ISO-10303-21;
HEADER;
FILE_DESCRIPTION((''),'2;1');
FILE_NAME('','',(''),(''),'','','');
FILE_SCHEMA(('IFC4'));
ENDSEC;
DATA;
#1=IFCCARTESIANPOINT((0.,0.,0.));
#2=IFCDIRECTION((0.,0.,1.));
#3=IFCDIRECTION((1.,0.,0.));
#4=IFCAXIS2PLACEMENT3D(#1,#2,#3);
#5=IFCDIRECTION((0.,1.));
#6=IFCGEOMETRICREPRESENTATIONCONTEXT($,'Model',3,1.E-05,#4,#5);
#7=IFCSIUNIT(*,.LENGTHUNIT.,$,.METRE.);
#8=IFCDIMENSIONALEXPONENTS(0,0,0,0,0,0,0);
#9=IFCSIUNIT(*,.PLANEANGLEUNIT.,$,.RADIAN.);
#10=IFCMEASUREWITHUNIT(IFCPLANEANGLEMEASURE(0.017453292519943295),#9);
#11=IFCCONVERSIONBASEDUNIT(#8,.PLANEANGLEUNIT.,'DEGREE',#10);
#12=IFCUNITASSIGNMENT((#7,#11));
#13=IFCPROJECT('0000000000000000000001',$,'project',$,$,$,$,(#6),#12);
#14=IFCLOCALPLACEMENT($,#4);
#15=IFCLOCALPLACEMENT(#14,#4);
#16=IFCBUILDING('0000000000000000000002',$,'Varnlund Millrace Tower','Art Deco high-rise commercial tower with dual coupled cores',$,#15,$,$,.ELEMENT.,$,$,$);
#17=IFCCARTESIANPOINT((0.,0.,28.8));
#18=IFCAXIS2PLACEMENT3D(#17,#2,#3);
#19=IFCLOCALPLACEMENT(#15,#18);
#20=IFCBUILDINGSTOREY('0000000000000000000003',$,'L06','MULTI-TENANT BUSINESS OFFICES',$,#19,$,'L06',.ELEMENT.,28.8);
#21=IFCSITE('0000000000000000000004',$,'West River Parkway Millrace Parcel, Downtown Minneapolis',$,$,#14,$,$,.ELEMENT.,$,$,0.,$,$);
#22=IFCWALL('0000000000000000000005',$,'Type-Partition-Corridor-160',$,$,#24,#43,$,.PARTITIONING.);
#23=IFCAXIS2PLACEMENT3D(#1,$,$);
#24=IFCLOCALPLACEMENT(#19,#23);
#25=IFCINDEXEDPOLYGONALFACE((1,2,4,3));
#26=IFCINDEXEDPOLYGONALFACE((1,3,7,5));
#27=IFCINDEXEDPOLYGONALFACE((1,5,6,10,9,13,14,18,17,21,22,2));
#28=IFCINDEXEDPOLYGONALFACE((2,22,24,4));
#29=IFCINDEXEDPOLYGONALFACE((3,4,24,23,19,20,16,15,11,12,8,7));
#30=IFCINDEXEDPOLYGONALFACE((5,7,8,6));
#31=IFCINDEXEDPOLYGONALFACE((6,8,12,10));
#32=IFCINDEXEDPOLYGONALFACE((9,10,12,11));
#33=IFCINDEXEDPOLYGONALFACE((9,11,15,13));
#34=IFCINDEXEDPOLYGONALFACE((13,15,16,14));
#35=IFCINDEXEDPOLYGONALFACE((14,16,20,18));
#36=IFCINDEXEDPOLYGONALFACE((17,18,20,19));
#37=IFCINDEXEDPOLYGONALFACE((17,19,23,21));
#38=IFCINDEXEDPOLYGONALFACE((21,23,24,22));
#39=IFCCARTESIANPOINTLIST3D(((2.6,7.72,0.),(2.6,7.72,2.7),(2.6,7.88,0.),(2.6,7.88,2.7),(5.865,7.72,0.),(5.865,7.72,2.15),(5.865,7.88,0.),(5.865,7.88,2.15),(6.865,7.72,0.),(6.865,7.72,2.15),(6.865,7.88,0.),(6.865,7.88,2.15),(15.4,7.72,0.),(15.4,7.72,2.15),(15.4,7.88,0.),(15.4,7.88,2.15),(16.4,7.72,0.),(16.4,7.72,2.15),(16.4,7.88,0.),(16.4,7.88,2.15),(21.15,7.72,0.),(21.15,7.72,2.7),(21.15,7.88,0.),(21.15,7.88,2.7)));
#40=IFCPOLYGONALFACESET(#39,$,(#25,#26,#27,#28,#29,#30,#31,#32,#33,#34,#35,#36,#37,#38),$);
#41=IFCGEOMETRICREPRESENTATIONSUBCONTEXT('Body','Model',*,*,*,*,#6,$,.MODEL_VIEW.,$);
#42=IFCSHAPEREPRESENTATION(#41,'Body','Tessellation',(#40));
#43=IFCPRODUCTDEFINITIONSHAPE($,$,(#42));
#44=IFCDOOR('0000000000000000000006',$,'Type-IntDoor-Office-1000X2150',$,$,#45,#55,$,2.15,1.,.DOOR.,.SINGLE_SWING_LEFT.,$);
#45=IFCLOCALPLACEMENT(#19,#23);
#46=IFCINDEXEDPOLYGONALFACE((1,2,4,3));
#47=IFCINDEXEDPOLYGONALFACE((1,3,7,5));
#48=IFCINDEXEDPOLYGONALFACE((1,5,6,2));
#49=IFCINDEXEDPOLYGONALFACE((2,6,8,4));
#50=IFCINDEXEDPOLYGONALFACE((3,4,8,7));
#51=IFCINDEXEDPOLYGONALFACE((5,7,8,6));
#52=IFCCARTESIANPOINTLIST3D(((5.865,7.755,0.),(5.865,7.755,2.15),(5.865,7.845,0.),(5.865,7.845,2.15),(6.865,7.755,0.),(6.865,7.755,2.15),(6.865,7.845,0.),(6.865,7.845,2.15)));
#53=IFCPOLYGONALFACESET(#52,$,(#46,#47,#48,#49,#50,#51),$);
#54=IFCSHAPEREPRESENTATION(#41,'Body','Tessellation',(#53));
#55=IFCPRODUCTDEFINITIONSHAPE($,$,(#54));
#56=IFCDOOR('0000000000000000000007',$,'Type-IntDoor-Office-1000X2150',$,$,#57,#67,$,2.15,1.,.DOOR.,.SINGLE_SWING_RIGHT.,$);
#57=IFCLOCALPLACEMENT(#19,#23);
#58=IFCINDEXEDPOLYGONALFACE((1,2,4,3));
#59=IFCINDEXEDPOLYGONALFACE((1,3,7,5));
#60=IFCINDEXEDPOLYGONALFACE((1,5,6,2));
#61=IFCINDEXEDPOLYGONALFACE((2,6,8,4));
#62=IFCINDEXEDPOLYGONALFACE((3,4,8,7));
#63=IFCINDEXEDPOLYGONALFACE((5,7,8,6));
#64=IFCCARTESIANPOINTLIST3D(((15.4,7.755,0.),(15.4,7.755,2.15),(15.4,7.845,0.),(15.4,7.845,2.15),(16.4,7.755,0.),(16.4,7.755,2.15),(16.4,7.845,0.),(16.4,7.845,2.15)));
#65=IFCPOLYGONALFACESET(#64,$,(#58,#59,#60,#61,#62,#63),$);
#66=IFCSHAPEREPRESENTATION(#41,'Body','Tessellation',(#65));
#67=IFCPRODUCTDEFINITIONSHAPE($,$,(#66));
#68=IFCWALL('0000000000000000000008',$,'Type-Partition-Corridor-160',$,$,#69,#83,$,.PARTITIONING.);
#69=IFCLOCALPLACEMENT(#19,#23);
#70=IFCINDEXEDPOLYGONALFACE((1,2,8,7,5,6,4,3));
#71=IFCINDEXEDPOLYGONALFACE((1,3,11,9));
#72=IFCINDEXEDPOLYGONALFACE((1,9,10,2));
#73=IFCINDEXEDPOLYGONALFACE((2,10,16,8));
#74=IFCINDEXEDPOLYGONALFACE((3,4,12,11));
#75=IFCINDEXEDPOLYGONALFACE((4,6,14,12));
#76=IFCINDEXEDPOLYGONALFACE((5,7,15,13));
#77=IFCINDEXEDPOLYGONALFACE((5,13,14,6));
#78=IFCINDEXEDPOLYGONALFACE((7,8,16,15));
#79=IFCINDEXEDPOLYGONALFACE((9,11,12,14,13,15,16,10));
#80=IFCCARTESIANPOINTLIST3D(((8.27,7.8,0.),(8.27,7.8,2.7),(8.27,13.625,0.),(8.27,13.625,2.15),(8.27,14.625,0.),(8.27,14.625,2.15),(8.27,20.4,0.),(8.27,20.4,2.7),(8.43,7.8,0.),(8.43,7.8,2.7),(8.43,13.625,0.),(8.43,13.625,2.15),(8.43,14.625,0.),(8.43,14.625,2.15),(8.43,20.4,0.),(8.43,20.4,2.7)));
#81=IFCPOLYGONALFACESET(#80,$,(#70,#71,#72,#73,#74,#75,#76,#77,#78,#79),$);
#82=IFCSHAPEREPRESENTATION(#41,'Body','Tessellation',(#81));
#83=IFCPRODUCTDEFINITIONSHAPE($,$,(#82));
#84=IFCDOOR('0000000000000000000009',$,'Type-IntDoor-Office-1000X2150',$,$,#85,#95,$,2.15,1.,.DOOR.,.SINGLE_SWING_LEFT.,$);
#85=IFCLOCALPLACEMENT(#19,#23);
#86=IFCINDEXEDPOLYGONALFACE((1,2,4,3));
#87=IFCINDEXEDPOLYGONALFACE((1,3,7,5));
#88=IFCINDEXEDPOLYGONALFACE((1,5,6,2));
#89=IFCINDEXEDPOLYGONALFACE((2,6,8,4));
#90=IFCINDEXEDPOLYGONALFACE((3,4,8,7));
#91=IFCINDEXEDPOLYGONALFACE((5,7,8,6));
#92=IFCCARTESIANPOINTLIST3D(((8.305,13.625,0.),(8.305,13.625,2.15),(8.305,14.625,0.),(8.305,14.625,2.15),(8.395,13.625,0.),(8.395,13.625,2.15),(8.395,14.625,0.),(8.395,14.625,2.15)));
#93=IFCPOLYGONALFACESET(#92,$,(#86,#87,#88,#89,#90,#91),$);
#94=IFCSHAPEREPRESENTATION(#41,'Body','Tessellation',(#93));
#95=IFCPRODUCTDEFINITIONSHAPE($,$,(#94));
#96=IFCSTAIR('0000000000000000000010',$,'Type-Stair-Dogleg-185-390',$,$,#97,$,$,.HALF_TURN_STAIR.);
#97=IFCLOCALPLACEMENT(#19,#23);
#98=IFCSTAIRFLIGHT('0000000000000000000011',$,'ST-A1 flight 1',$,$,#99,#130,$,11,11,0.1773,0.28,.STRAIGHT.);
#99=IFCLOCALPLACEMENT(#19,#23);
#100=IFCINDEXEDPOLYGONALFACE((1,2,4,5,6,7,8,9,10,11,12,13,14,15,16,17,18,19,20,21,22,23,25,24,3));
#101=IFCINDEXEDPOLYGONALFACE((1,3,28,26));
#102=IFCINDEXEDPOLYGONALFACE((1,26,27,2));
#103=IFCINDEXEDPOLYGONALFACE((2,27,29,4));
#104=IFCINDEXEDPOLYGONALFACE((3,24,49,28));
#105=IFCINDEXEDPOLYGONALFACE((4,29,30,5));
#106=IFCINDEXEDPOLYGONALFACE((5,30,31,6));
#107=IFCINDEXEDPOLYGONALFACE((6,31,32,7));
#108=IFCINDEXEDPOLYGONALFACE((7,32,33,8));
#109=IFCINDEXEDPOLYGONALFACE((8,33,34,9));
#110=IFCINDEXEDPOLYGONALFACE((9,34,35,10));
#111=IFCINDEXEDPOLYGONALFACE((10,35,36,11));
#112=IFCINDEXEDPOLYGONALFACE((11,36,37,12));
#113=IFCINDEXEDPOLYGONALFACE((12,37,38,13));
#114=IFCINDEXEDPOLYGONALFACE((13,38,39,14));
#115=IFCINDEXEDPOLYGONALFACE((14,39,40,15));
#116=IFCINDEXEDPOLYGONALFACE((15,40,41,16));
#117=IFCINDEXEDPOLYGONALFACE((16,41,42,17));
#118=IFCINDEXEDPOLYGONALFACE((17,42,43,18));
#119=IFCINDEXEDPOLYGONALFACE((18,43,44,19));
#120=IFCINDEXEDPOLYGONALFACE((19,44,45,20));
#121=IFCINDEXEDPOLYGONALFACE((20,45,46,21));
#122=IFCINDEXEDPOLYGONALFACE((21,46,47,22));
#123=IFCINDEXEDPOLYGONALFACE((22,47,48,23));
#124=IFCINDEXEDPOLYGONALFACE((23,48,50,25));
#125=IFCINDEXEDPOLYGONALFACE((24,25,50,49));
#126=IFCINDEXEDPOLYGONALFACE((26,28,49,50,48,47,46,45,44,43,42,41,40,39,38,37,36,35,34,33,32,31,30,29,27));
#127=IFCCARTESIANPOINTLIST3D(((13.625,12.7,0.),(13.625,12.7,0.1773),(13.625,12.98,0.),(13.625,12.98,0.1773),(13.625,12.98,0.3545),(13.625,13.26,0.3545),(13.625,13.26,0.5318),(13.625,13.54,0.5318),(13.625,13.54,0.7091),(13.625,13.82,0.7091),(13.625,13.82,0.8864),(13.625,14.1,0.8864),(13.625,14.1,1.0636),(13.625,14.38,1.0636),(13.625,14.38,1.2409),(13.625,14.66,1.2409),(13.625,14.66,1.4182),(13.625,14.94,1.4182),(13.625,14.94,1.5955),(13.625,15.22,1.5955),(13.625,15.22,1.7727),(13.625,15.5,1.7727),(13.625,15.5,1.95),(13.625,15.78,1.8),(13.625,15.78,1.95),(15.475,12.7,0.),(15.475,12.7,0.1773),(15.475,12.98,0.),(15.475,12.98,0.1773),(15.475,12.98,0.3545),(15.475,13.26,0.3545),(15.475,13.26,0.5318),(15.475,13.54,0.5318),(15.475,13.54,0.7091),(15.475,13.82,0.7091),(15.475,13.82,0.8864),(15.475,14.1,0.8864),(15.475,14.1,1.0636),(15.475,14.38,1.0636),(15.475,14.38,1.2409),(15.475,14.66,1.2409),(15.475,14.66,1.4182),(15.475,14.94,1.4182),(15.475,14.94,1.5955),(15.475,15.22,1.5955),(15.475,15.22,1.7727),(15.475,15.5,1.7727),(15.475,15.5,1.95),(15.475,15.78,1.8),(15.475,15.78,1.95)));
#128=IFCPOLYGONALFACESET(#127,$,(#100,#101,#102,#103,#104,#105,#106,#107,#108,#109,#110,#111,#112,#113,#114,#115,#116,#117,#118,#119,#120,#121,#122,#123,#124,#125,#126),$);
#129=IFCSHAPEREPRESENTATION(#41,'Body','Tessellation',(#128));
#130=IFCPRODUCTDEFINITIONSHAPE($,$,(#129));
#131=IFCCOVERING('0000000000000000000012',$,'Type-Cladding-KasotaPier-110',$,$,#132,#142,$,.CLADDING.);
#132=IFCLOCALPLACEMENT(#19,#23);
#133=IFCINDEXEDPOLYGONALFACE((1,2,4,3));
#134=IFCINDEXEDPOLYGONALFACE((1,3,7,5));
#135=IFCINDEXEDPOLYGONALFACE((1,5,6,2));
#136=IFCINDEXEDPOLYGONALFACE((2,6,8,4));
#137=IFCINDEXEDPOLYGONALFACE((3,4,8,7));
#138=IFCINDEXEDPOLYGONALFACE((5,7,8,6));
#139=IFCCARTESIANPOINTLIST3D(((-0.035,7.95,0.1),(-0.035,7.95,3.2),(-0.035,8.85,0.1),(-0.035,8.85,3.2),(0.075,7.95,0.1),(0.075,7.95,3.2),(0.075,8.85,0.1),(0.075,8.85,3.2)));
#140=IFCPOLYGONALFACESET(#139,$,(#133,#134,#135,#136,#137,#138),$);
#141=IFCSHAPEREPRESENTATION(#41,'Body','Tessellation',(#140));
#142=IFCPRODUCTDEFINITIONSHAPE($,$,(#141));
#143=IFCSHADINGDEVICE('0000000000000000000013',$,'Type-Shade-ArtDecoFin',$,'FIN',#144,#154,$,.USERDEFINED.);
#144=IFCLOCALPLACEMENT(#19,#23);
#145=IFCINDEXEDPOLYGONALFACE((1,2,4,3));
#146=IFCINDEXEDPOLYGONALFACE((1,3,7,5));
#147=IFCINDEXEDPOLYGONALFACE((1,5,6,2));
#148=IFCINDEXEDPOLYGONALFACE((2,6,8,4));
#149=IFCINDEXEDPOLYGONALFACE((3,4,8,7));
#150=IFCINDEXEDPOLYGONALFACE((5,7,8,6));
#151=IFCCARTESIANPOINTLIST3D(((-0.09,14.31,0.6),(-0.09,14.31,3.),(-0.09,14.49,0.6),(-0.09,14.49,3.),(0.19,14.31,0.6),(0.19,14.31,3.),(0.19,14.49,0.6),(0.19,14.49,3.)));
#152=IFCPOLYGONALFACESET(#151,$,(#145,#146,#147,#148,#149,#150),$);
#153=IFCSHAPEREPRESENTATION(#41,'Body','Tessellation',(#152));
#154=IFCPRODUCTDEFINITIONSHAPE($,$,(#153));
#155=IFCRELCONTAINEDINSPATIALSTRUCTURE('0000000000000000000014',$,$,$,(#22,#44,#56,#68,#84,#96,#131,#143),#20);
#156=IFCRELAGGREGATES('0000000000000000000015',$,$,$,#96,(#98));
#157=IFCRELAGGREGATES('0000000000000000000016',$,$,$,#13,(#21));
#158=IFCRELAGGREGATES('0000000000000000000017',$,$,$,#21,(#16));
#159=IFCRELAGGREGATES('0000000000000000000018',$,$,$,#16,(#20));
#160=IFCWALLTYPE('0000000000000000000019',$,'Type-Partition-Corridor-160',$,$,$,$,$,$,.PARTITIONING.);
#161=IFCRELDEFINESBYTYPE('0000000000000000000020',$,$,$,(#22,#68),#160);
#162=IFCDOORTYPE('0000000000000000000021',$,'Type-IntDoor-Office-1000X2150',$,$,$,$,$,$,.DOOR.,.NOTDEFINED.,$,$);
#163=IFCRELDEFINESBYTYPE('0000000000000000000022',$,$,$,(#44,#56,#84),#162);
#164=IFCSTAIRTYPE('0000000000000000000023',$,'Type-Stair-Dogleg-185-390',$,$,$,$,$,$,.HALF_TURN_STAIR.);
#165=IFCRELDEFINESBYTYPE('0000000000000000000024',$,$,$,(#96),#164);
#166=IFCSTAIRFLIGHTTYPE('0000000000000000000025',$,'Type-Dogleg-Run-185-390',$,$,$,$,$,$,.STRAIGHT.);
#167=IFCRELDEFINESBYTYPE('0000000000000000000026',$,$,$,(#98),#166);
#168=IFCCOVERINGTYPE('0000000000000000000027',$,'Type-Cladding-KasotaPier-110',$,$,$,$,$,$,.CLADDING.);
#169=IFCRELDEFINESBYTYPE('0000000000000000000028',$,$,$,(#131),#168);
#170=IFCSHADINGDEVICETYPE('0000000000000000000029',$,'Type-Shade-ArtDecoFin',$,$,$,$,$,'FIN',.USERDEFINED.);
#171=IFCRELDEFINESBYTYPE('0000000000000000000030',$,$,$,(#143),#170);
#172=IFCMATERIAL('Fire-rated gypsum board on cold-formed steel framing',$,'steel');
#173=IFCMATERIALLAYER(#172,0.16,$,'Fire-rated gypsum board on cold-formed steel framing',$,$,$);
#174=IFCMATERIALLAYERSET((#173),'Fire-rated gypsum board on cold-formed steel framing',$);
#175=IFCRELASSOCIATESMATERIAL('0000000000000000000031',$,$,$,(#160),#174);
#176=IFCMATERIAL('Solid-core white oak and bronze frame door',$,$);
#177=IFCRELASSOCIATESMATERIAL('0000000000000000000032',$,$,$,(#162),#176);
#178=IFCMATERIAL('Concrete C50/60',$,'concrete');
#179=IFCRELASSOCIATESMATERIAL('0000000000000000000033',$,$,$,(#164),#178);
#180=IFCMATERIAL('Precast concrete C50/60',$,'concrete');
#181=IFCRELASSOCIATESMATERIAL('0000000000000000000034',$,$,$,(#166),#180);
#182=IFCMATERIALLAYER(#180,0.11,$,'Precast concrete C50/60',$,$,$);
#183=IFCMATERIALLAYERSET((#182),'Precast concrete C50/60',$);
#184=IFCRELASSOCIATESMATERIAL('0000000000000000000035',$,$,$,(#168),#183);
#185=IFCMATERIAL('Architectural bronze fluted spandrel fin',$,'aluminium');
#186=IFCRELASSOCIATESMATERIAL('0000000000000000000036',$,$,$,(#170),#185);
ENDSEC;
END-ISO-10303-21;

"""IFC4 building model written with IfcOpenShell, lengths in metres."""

from ifc_helpers import new_model, entity, si_unit, converted_unit, direction, frame, origin_with_axes, origin_2d_with_axis, place, context, subcontext, project, spatial, polyline, rectangle, outline, extrude, material, layer, layer_set, type_object, element, fill, aggregate, save


model = new_model("IFC4")

# Units and contexts
model_context = context("Model", 3, precision=1e-05, world=origin_with_axes(), true_north=direction((0.0, 1.0)))
body_context = subcontext(model_context, "Body", "Model", "MODEL_VIEW")
ifc_project = project(units=[si_unit("LENGTHUNIT", "METRE"), converted_unit("PLANEANGLEUNIT", "DEGREE", entity("IfcPlaneAngleMeasure", 0.017453292519943295), si_unit("PLANEANGLEUNIT", "RADIAN"), dimensions=[0, 0, 0, 0, 0, 0, 0])], contexts=[model_context])

# Site, building, storey
site_placement = place(None, origin_with_axes())
site = spatial("IfcSite", under=ifc_project, at=site_placement, Name="West River Parkway Millrace Parcel, Downtown Minneapolis", CompositionType="ELEMENT", RefElevation=0.0)
building_placement = place(site_placement, origin_with_axes())
building = spatial("IfcBuilding", under=site, at=building_placement, Name="Varnlund Millrace Tower", Description="Art Deco high-rise commercial tower with dual coupled cores", CompositionType="ELEMENT")
storey_placement = place(building_placement, frame((0.0, 0.0, 28.8), z_axis=(0.0, 0.0, 1.0), x_axis=(1.0, 0.0, 0.0)))
storey = spatial("IfcBuildingStorey", under=building, at=storey_placement, Name="L06", Description="MULTI-TENANT BUSINESS OFFICES", LongName="L06", CompositionType="ELEMENT", Elevation=28.8)

# Wall, openings, doors
ifc_material_1 = material(Name="Fire-rated gypsum board on cold-formed steel framing", Category="steel")
ifc_layer_1 = layer(ifc_material_1, 0.16, Name="Fire-rated gypsum board on cold-formed steel framing")
ifc_layer_set_1 = layer_set([ifc_layer_1], Name="Fire-rated gypsum board on cold-formed steel framing")
wall_type_1 = type_object("IfcWallType", Name="Type-Partition-Corridor-160", PredefinedType="PARTITIONING", material=ifc_layer_set_1)
wall_1_placement = place(storey_placement, frame((2.6, 7.8, 0.0), z_axis=(0.0, 0.0, 1.0), x_axis=(1.0, 0.0, 0.0)))
wall_1 = element("IfcWall", 1, at=wall_1_placement, inside=storey, type_object=wall_type_1, Name="Type-Partition-Corridor-160", PredefinedType="PARTITIONING", context=body_context, shape_type="SweptSolid", body=[
    extrude(outline(polyline([(0.0, -0.08), (18.55, -0.08), (18.55, 0.08), (0.0, 0.08), (0.0, -0.08)])), origin_with_axes(), (0.0, 0.0, 1.0), 2.7),
])
opening_1_placement = place(wall_1_placement, frame((3.765, 0.0, 0.0), z_axis=(0.0, 0.0, 1.0), x_axis=(1.0, 0.0, 0.0)))
opening_1 = element("IfcOpeningElement", 2, at=opening_1_placement, cuts=wall_1, PredefinedType="OPENING", context=body_context, shape_type="SweptSolid", body=[
    extrude(rectangle(XDim=1.0, YDim=0.18, at=origin_2d_with_axis()), origin_with_axes(), (0.0, 0.0, 1.0), 2.15),
])
opening_2_placement = place(wall_1_placement, frame((13.3, 0.0, 0.0), z_axis=(0.0, 0.0, 1.0), x_axis=(1.0, 0.0, 0.0)))
opening_2 = element("IfcOpeningElement", 3, at=opening_2_placement, cuts=wall_1, PredefinedType="OPENING", context=body_context, shape_type="SweptSolid", body=[
    extrude(rectangle(XDim=1.0, YDim=0.18, at=origin_2d_with_axis()), origin_with_axes(), (0.0, 0.0, 1.0), 2.15),
])
ifc_material_2 = material(Name="Solid-core white oak and bronze frame door")
door_type_1 = type_object("IfcDoorType", Name="Type-IntDoor-Office-1000X2150", OperationType="NOTDEFINED", PredefinedType="DOOR", material=ifc_material_2)
door_1_placement = place(wall_1_placement, frame((3.765, 0.0, 0.0), z_axis=(0.0, 0.0, 1.0), x_axis=(1.0, 0.0, 0.0)))
door_1 = element("IfcDoor", 4, at=door_1_placement, inside=storey, type_object=door_type_1, Name="Type-IntDoor-Office-1000X2150", OperationType="SINGLE_SWING_LEFT", OverallHeight=2.15, OverallWidth=1.0, PredefinedType="DOOR", context=body_context, shape_type="SweptSolid", body=[
    extrude(rectangle(XDim=1.0, YDim=0.09, at=origin_2d_with_axis()), origin_with_axes(), (0.0, 0.0, 1.0), 2.15),
])
fill(opening_1, door_1)
door_2_placement = place(wall_1_placement, frame((13.3, 0.0, 0.0), z_axis=(0.0, 0.0, 1.0), x_axis=(1.0, 0.0, 0.0)))
door_2 = element("IfcDoor", 5, at=door_2_placement, inside=storey, type_object=door_type_1, Name="Type-IntDoor-Office-1000X2150", OperationType="SINGLE_SWING_RIGHT", OverallHeight=2.15, OverallWidth=1.0, PredefinedType="DOOR", context=body_context, shape_type="SweptSolid", body=[
    extrude(rectangle(XDim=1.0, YDim=0.09, at=origin_2d_with_axis()), origin_with_axes(), (0.0, 0.0, 1.0), 2.15),
])
fill(opening_2, door_2)

# Wall, opening, door
wall_2_placement = place(storey_placement, frame((8.35, 7.8, 0.0), z_axis=(0.0, 0.0, 1.0), x_axis=(0.0, 1.0, 0.0)))
wall_2 = element("IfcWall", 6, at=wall_2_placement, inside=storey, type_object=wall_type_1, Name="Type-Partition-Corridor-160", PredefinedType="PARTITIONING", context=body_context, shape_type="SweptSolid", body=[
    extrude(outline(polyline([(0.0, -0.08), (12.6, -0.08), (12.6, 0.08), (0.0, 0.08), (0.0, -0.08)])), origin_with_axes(), (0.0, 0.0, 1.0), 2.7),
])
opening_3_placement = place(wall_2_placement, frame((6.325, 0.0, 0.0), z_axis=(0.0, 0.0, 1.0), x_axis=(1.0, 0.0, 0.0)))
opening_3 = element("IfcOpeningElement", 7, at=opening_3_placement, cuts=wall_2, PredefinedType="OPENING", context=body_context, shape_type="SweptSolid", body=[
    extrude(rectangle(XDim=1.0, YDim=0.18, at=origin_2d_with_axis()), origin_with_axes(), (0.0, 0.0, 1.0), 2.15),
])
door_3_placement = place(wall_2_placement, frame((6.325, 0.0, 0.0), z_axis=(0.0, 0.0, 1.0), x_axis=(1.0, 0.0, 0.0)))
door_3 = element("IfcDoor", 8, at=door_3_placement, inside=storey, type_object=door_type_1, Name="Type-IntDoor-Office-1000X2150", OperationType="SINGLE_SWING_LEFT", OverallHeight=2.15, OverallWidth=1.0, PredefinedType="DOOR", context=body_context, shape_type="SweptSolid", body=[
    extrude(rectangle(XDim=1.0, YDim=0.09, at=origin_2d_with_axis()), origin_with_axes(), (0.0, 0.0, 1.0), 2.15),
])
fill(opening_3, door_3)

# Stair, stair flight
ifc_material_3 = material(Name="Concrete C50/60", Category="concrete")
stair_type = type_object("IfcStairType", Name="Type-Stair-Dogleg-185-390", PredefinedType="HALF_TURN_STAIR", material=ifc_material_3)
stair_placement = place(storey_placement, origin_with_axes())
stair = element("IfcStair", 9, at=stair_placement, inside=storey, type_object=stair_type, Name="Type-Stair-Dogleg-185-390", PredefinedType="HALF_TURN_STAIR")
ifc_material_4 = material(Name="Precast concrete C50/60", Category="concrete")
stair_flight_type = type_object("IfcStairFlightType", Name="Type-Dogleg-Run-185-390", PredefinedType="STRAIGHT", material=ifc_material_4)
stair_flight_placement = place(storey_placement, frame((13.625, 12.7, 0.0), z_axis=(1.0, 0.0, 0.0), x_axis=(0.0, 1.0, 0.0)))
stair_flight = element("IfcStairFlight", 10, at=stair_flight_placement, type_object=stair_flight_type, Name="ST-A1 flight 1", NumberOfRisers=11, NumberOfTreads=11, PredefinedType="STRAIGHT", RiserHeight=0.1773, TreadLength=0.28, context=body_context, shape_type="SweptSolid", body=[
    extrude(outline(polyline([(0.0, 0.0), (0.0, 0.1773), (0.28, 0.1773), (0.28, 0.3545), (0.56, 0.3545), (0.56, 0.5318), (0.84, 0.5318), (0.84, 0.7091), (1.12, 0.7091), (1.12, 0.8864), (1.4, 0.8864), (1.4, 1.0636), (1.68, 1.0636), (1.68, 1.2409), (1.96, 1.2409), (1.96, 1.4182), (2.24, 1.4182), (2.24, 1.5955), (2.52, 1.5955), (2.52, 1.7727), (2.8, 1.7727), (2.8, 1.95), (3.08, 1.95), (3.08, 1.8), (0.28, 0.0), (0.0, 0.0)])), origin_with_axes(), (0.0, 0.0, 1.0), 1.85),
])
aggregate(stair, [stair_flight])

# Covering
ifc_layer_2 = layer(ifc_material_4, 0.11, Name="Precast concrete C50/60")
ifc_layer_set_2 = layer_set([ifc_layer_2], Name="Precast concrete C50/60")
covering_type = type_object("IfcCoveringType", Name="Type-Cladding-KasotaPier-110", PredefinedType="CLADDING", material=ifc_layer_set_2)
covering_placement = place(storey_placement, frame((0.02, 8.4, 0.1), z_axis=(0.0, 0.0, 1.0), x_axis=(1.0, 0.0, 0.0)))
element("IfcCovering", 11, at=covering_placement, inside=storey, type_object=covering_type, Name="Type-Cladding-KasotaPier-110", PredefinedType="CLADDING", context=body_context, shape_type="SweptSolid", body=[
    extrude(rectangle(XDim=0.11, YDim=0.9, at=origin_2d_with_axis()), origin_with_axes(), (0.0, 0.0, 1.0), 3.1),
])

# Shading device
ifc_material_5 = material(Name="Architectural bronze fluted spandrel fin", Category="aluminium")
shading_device_type = type_object("IfcShadingDeviceType", Name="Type-Shade-ArtDecoFin", ElementType="FIN", PredefinedType="USERDEFINED", material=ifc_material_5)
shading_device_placement = place(storey_placement, frame((0.05, 14.4, 0.6), z_axis=(0.0, 0.0, 1.0), x_axis=(1.0, 0.0, 0.0)))
element("IfcShadingDevice", 12, at=shading_device_placement, inside=storey, type_object=shading_device_type, Name="Type-Shade-ArtDecoFin", ObjectType="FIN", PredefinedType="USERDEFINED", context=body_context, shape_type="SweptSolid", body=[
    extrude(rectangle(XDim=0.28, YDim=0.18, at=origin_2d_with_axis()), origin_with_axes(), (0.0, 0.0, 1.0), 2.4),
])

save(model, "model.ifc")
